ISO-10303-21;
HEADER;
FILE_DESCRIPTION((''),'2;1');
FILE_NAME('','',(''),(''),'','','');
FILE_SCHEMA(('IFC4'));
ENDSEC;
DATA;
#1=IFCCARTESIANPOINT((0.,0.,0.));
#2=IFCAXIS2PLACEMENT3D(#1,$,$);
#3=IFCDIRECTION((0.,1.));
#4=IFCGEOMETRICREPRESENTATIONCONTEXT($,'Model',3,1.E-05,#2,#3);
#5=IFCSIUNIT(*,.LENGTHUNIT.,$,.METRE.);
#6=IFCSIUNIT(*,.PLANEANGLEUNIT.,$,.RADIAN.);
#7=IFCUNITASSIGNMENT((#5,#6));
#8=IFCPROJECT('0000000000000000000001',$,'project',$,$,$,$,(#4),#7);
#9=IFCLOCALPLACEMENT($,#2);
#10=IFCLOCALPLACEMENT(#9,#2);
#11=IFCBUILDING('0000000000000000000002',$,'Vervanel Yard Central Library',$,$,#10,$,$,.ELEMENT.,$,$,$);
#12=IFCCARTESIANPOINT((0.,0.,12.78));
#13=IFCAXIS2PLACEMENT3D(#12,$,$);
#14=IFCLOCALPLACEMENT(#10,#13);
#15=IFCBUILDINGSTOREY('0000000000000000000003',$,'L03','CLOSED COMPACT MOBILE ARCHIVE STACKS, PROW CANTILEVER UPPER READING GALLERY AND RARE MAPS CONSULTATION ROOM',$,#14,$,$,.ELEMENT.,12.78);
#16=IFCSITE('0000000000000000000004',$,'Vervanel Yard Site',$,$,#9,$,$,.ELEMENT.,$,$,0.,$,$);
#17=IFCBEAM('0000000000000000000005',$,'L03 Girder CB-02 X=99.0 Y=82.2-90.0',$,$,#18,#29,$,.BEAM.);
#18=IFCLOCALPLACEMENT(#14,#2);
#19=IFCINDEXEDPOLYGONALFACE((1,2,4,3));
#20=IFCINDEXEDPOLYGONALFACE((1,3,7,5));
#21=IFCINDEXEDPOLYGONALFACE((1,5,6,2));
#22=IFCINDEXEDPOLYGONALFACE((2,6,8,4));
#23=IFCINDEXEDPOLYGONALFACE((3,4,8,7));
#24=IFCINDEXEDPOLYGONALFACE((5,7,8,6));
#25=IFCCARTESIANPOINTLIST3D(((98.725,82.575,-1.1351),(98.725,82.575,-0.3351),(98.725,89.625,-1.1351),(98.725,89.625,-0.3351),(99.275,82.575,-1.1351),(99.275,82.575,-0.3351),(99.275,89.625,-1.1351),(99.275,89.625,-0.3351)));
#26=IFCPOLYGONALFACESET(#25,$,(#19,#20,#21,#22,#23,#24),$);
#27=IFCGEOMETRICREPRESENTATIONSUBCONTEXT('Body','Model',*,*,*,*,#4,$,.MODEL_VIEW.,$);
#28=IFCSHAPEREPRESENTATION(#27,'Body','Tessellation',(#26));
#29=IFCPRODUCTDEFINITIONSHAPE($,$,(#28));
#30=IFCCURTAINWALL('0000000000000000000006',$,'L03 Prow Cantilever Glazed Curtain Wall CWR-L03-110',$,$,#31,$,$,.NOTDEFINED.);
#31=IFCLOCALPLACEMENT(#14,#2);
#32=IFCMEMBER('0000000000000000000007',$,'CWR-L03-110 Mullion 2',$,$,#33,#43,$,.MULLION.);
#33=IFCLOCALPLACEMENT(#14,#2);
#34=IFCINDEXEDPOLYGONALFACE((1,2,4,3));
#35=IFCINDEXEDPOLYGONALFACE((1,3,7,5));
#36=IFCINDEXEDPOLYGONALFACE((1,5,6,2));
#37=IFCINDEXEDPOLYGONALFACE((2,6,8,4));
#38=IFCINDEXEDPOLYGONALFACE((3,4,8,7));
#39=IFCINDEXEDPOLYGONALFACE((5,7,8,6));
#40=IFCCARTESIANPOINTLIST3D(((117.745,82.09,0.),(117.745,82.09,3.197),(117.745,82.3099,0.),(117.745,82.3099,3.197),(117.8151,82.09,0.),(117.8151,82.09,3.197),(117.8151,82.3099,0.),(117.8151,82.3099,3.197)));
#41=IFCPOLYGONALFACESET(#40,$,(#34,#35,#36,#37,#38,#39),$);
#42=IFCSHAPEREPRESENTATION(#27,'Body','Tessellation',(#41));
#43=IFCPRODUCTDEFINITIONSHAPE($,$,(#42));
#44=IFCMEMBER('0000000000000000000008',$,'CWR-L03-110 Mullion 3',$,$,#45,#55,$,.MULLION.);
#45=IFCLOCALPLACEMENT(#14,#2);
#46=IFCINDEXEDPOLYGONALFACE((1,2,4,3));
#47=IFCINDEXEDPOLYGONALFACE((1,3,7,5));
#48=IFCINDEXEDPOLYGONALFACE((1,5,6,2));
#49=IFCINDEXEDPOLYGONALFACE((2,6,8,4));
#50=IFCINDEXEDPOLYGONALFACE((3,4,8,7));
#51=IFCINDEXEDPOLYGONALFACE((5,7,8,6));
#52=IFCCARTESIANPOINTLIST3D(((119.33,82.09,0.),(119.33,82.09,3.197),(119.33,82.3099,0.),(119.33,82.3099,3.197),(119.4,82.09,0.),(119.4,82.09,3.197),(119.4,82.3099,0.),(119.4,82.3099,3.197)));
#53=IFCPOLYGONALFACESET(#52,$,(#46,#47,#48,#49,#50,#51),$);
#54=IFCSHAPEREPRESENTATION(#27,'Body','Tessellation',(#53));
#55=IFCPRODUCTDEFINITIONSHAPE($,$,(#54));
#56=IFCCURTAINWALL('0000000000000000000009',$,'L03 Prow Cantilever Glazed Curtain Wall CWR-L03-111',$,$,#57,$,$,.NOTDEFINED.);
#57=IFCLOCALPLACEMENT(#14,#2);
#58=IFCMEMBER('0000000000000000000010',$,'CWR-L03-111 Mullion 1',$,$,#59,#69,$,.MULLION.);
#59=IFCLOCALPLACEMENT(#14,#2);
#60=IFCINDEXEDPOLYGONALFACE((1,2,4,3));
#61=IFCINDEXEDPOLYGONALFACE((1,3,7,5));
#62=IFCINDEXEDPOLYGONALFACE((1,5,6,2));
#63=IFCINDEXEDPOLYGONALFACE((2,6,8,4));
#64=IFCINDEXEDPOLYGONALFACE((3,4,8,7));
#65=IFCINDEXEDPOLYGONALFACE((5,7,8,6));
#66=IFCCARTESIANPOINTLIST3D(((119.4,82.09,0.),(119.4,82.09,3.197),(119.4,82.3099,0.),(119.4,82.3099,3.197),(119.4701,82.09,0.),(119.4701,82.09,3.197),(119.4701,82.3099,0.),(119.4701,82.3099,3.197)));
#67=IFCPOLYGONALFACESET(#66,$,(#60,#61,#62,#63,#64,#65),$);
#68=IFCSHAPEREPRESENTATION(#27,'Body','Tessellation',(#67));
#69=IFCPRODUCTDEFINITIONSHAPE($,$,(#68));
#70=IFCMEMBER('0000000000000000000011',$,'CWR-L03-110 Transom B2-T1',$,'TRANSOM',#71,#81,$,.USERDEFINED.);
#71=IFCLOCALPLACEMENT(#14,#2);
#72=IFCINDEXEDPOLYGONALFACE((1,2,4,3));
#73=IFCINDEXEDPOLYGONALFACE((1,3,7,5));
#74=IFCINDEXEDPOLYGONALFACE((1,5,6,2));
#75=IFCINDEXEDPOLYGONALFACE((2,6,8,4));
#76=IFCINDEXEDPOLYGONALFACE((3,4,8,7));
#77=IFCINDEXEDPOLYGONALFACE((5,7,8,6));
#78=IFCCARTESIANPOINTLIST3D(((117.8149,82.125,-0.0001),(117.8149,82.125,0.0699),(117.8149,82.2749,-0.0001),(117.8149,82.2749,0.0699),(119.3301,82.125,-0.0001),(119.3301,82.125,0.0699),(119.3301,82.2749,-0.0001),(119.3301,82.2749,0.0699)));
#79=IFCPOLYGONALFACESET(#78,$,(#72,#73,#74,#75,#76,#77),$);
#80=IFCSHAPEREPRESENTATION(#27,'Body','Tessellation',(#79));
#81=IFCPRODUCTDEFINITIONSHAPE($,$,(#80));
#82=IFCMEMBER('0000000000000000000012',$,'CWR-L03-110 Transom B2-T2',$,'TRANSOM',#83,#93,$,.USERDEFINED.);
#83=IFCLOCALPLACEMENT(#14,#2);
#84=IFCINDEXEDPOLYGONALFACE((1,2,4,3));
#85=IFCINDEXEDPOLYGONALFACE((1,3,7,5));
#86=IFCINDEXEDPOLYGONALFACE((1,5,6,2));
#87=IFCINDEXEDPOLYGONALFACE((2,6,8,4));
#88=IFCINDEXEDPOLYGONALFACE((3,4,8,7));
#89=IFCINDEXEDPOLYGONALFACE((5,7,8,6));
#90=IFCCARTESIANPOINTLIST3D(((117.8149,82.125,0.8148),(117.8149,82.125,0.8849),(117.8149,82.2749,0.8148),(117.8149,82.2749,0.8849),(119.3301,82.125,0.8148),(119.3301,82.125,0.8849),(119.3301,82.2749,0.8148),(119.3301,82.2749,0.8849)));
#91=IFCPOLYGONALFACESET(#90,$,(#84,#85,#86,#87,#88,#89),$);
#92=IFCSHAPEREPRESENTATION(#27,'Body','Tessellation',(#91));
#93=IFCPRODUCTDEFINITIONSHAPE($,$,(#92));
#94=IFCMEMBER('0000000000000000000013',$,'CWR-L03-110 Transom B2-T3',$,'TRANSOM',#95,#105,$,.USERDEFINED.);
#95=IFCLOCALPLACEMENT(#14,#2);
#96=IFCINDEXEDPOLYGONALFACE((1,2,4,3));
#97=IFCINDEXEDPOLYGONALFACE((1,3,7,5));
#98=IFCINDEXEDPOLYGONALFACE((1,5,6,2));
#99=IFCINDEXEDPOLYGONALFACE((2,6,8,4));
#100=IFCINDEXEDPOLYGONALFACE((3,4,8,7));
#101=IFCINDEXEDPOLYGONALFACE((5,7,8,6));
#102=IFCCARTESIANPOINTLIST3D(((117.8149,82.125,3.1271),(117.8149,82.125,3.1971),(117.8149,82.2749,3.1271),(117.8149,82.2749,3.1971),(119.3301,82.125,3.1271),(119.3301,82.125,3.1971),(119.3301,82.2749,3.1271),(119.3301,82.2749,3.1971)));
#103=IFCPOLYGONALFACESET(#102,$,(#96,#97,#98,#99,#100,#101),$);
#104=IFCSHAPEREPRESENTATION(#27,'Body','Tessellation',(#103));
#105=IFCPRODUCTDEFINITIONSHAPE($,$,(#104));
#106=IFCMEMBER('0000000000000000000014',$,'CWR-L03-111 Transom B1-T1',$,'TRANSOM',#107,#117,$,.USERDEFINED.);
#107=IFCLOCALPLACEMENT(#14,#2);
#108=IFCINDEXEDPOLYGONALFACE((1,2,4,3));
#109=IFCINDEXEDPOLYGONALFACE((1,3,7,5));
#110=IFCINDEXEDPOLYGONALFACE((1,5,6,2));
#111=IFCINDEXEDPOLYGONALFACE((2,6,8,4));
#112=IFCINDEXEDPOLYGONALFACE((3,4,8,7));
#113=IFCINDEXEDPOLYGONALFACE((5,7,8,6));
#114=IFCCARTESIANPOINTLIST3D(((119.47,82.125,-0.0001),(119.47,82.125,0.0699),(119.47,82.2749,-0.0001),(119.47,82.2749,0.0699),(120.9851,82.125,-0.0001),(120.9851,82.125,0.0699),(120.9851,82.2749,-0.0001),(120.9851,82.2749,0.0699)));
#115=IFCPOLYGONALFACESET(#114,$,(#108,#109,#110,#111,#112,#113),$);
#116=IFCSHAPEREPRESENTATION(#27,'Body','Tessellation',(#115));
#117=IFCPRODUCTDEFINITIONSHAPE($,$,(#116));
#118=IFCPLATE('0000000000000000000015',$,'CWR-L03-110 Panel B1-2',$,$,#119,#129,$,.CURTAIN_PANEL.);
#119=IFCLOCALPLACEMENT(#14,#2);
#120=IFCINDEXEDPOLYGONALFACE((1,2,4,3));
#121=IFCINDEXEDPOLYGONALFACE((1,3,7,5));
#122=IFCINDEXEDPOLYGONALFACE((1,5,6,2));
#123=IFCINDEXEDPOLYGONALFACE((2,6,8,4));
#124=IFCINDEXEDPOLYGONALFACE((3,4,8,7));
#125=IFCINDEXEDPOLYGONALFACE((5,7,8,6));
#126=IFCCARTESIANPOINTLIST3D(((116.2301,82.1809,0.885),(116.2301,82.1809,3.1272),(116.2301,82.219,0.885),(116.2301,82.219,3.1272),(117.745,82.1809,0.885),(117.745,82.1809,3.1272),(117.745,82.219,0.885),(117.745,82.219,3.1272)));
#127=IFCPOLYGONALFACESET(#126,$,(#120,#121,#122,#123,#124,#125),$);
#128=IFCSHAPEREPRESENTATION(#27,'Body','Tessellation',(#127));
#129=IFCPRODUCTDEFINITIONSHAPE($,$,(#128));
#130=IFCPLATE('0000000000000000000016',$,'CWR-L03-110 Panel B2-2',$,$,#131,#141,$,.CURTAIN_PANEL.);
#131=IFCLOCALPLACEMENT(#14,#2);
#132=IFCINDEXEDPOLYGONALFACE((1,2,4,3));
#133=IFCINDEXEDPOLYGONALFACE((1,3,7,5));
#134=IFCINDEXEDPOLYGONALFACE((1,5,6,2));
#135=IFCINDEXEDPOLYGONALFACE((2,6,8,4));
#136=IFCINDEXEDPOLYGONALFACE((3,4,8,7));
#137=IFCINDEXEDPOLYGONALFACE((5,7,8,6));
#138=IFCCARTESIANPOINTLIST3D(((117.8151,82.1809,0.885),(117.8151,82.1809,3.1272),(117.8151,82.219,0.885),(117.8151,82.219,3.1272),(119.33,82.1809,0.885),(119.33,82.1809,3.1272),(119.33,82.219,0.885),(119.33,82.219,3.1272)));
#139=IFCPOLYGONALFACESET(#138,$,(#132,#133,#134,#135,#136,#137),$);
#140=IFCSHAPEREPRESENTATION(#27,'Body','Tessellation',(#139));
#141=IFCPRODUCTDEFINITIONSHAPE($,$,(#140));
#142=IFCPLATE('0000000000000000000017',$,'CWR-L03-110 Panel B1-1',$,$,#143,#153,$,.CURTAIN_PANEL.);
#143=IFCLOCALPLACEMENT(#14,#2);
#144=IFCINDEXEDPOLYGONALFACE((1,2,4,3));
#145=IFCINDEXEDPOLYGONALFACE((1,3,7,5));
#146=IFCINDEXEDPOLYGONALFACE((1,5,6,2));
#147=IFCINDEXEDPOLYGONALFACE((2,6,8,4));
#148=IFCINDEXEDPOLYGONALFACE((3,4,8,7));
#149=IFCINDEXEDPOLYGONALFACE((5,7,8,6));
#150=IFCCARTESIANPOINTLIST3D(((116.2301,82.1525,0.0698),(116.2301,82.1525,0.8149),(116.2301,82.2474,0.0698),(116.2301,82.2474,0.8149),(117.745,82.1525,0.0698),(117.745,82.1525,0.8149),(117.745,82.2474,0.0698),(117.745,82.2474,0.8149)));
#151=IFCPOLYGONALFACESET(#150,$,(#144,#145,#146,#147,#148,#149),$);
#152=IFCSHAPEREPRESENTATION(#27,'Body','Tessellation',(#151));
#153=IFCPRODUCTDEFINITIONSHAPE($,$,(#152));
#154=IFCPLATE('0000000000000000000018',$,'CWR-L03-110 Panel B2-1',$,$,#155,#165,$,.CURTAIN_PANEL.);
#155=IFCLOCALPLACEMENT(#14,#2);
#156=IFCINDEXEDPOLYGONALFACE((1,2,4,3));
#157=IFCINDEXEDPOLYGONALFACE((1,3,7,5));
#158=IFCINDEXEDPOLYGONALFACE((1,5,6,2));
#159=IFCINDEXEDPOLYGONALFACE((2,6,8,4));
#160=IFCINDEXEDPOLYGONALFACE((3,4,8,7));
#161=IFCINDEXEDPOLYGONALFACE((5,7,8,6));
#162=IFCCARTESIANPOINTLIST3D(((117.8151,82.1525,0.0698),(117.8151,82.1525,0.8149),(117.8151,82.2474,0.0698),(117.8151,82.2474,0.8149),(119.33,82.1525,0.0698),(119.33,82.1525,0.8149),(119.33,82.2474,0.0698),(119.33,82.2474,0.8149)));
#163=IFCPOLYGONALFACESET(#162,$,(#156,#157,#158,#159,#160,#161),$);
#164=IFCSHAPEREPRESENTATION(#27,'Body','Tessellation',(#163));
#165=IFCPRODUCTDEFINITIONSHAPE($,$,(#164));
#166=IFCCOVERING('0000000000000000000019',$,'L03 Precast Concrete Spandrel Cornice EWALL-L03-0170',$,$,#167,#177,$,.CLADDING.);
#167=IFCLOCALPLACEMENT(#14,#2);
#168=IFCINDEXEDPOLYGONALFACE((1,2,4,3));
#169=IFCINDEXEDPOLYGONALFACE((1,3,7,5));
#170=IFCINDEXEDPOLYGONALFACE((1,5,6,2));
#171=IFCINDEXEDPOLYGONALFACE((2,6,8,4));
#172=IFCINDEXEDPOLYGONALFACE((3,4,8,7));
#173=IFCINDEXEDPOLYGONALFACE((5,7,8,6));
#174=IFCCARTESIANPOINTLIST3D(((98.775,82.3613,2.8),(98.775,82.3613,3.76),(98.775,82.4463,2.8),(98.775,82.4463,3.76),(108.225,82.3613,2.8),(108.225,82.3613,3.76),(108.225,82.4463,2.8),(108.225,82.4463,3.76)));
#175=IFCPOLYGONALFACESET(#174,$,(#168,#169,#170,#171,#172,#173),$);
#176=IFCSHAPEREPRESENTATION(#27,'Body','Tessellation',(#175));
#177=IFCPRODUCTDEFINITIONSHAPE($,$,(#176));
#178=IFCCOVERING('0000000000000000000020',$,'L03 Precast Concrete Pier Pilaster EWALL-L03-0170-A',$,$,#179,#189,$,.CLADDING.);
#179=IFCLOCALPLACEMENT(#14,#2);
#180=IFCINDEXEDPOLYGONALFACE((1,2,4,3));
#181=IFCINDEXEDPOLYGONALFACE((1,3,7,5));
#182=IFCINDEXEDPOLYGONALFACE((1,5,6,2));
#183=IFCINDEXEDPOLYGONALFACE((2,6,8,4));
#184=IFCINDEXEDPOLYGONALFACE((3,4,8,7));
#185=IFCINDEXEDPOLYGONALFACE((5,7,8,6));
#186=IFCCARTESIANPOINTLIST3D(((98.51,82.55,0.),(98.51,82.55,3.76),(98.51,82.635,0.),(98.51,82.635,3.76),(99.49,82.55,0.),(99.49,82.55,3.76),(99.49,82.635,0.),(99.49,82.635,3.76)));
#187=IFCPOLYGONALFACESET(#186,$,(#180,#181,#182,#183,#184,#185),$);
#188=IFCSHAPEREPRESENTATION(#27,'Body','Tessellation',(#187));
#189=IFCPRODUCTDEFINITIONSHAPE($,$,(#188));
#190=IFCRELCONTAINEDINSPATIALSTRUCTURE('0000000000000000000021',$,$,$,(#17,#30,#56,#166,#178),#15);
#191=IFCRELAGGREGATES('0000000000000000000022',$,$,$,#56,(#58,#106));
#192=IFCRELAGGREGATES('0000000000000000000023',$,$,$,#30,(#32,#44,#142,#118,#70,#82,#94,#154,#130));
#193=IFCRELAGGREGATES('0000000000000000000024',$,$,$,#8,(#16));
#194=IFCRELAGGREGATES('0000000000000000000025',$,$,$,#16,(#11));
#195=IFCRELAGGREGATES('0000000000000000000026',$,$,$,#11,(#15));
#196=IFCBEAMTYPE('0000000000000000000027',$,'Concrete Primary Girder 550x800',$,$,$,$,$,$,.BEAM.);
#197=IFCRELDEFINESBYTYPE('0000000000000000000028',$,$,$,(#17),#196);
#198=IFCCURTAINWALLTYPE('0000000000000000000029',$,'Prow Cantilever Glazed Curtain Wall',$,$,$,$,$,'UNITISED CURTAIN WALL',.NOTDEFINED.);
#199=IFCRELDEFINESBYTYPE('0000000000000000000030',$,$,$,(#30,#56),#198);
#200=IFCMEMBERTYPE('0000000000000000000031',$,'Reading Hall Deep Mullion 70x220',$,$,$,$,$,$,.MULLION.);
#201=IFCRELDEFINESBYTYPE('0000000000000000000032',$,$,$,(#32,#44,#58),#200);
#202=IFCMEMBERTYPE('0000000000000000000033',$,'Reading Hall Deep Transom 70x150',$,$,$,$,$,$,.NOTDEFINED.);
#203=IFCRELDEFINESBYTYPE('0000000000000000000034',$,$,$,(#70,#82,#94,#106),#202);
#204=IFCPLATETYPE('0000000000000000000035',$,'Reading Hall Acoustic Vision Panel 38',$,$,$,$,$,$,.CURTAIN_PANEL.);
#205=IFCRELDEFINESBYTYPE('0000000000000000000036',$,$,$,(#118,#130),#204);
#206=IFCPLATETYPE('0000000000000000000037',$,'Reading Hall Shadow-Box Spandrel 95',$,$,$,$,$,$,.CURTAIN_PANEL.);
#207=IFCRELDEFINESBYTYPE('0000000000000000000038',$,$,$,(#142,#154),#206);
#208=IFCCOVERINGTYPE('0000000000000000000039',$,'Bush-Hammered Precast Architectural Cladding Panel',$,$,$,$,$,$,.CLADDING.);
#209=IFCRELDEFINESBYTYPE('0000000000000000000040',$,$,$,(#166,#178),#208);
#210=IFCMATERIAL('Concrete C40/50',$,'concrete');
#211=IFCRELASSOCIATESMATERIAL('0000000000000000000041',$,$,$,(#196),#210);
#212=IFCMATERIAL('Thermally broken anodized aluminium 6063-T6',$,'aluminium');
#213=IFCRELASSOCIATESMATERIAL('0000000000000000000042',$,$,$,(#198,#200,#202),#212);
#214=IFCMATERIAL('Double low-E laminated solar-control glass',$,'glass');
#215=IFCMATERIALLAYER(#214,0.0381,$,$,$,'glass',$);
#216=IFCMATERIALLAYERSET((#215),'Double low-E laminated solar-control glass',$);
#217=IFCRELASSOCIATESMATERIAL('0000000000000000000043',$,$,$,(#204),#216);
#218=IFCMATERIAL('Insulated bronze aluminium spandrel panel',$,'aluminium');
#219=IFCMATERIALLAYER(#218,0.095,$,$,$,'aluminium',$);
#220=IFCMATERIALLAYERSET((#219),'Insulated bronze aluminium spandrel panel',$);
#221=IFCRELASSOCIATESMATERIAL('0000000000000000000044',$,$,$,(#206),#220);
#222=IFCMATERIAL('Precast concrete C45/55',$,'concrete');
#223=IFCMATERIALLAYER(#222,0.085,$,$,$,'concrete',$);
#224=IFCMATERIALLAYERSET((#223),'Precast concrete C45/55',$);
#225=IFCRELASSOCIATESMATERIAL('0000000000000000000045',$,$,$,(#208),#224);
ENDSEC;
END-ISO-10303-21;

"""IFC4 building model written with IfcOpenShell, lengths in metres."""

from ifc_helpers import new_model, si_unit, direction, frame, origin, origin_2d, place, context, subcontext, project, spatial, rectangle, extrude, material, layer, layer_set, material_profile, profile_set, type_object, element, aggregate, save


model = new_model("IFC4")

# Units and contexts
model_context = context("Model", 3, precision=1e-05, world=origin(), true_north=direction((0.0, 1.0)))
body_context = subcontext(model_context, "Body", "Model", "MODEL_VIEW")
ifc_project = project(units=[si_unit("LENGTHUNIT", "METRE"), si_unit("PLANEANGLEUNIT", "RADIAN")], contexts=[model_context])

# Site, building, storey
site_placement = place(None, origin())
site = spatial("IfcSite", under=ifc_project, at=site_placement, Name="Vervanel Yard Site", CompositionType="ELEMENT", RefElevation=0.0)
building_placement = place(site_placement, origin())
building = spatial("IfcBuilding", under=site, at=building_placement, Name="Vervanel Yard Central Library", CompositionType="ELEMENT")
storey_placement = place(building_placement, frame((0.0, 0.0, 12.78)))
storey = spatial("IfcBuildingStorey", under=building, at=storey_placement, Name="L03", Description="CLOSED COMPACT MOBILE ARCHIVE STACKS, PROW CANTILEVER UPPER READING GALLERY AND RARE MAPS CONSULTATION ROOM", CompositionType="ELEMENT", Elevation=12.78)

# Beam
ifc_material_1 = material(Name="Concrete C40/50", Category="concrete")
ifc_material_profile_1 = material_profile(ifc_material_1, rectangle(XDim=0.55, YDim=0.8, at=origin_2d()), Name="RC 550x800", Category="concrete")
ifc_profile_set_1 = profile_set([ifc_material_profile_1], Name="Concrete C40/50")
beam_type = type_object("IfcBeamType", Name="Concrete Primary Girder 550x800", PredefinedType="BEAM", material=ifc_profile_set_1)
beam_placement = place(storey_placement, frame((99.0, 82.575, -0.7351), z_axis=(0.0, 1.0, 0.0), x_axis=(-1.0, 0.0, 0.0)))
element("IfcBeam", 1, at=beam_placement, inside=storey, type_object=beam_type, Name="L03 Girder CB-02 X=99.0 Y=82.2-90.0", PredefinedType="BEAM", context=body_context, shape_type="SweptSolid", body=[
    extrude(rectangle(XDim=0.55, YDim=0.8, at=origin_2d()), origin(), (0.0, 0.0, 1.0), 7.05),
])

# Curtain wall, members
ifc_material_2 = material(Name="Thermally broken anodized aluminium 6063-T6", Category="aluminium")
curtain_wall_type = type_object("IfcCurtainWallType", Name="Prow Cantilever Glazed Curtain Wall", ElementType="UNITISED CURTAIN WALL", PredefinedType="NOTDEFINED", material=ifc_material_2)
curtain_wall_1_placement = place(storey_placement, origin())
curtain_wall_1 = element("IfcCurtainWall", 2, at=curtain_wall_1_placement, inside=storey, type_object=curtain_wall_type, Name="L03 Prow Cantilever Glazed Curtain Wall CWR-L03-110", PredefinedType="NOTDEFINED")
ifc_material_profile_2 = material_profile(ifc_material_2, rectangle(XDim=0.0701, YDim=0.22, at=origin_2d()), Name="ALU 70x220", Category="aluminium")
ifc_profile_set_2 = profile_set([ifc_material_profile_2], Name="Thermally broken anodized aluminium 6063-T6")
member_type_1 = type_object("IfcMemberType", Name="Reading Hall Deep Mullion 70x220", PredefinedType="MULLION", material=ifc_profile_set_2)
member_1_placement = place(storey_placement, frame((117.78, 82.2, 0.0), z_axis=(0.0, 0.0, 1.0), x_axis=(1.0, 0.0, 0.0)))
member_1 = element("IfcMember", 3, at=member_1_placement, type_object=member_type_1, Name="CWR-L03-110 Mullion 2", PredefinedType="MULLION", context=body_context, shape_type="SweptSolid", body=[
    extrude(rectangle(XDim=0.0701, YDim=0.22, at=origin_2d()), origin(), (0.0, 0.0, 1.0), 3.197),
])
member_2_placement = place(storey_placement, frame((119.365, 82.2, 0.0), z_axis=(0.0, 0.0, 1.0), x_axis=(1.0, 0.0, 0.0)))
member_2 = element("IfcMember", 4, at=member_2_placement, type_object=member_type_1, Name="CWR-L03-110 Mullion 3", PredefinedType="MULLION", context=body_context, shape_type="SweptSolid", body=[
    extrude(rectangle(XDim=0.0701, YDim=0.22, at=origin_2d()), origin(), (0.0, 0.0, 1.0), 3.197),
])

# Curtain wall, member
curtain_wall_2_placement = place(storey_placement, origin())
curtain_wall_2 = element("IfcCurtainWall", 5, at=curtain_wall_2_placement, inside=storey, type_object=curtain_wall_type, Name="L03 Prow Cantilever Glazed Curtain Wall CWR-L03-111", PredefinedType="NOTDEFINED")
member_3_placement = place(storey_placement, frame((119.4351, 82.2, 0.0), z_axis=(0.0, 0.0, 1.0), x_axis=(1.0, 0.0, 0.0)))
member_3 = element("IfcMember", 6, at=member_3_placement, type_object=member_type_1, Name="CWR-L03-111 Mullion 1", PredefinedType="MULLION", context=body_context, shape_type="SweptSolid", body=[
    extrude(rectangle(XDim=0.0701, YDim=0.22, at=origin_2d()), origin(), (0.0, 0.0, 1.0), 3.197),
])

# Members
ifc_material_profile_3 = material_profile(ifc_material_2, rectangle(XDim=0.0701, YDim=0.1499, at=origin_2d()), Name="ALU 70x150", Category="aluminium")
ifc_profile_set_3 = profile_set([ifc_material_profile_3], Name="Thermally broken anodized aluminium 6063-T6")
member_type_2 = type_object("IfcMemberType", Name="Reading Hall Deep Transom 70x150", PredefinedType="NOTDEFINED", material=ifc_profile_set_3)
member_4_placement = place(storey_placement, frame((117.8149, 82.2, 0.0349), z_axis=(1.0, 0.0, 0.0), x_axis=(0.0, 0.0, 1.0)))
member_4 = element("IfcMember", 7, at=member_4_placement, type_object=member_type_2, Name="CWR-L03-110 Transom B2-T1", ObjectType="TRANSOM", PredefinedType="USERDEFINED", context=body_context, shape_type="SweptSolid", body=[
    extrude(rectangle(XDim=0.0701, YDim=0.1499, at=origin_2d()), origin(), (0.0, 0.0, 1.0), 1.5151),
])
member_5_placement = place(storey_placement, frame((117.8149, 82.2, 0.8499), z_axis=(1.0, 0.0, 0.0), x_axis=(0.0, 0.0, 1.0)))
member_5 = element("IfcMember", 8, at=member_5_placement, type_object=member_type_2, Name="CWR-L03-110 Transom B2-T2", ObjectType="TRANSOM", PredefinedType="USERDEFINED", context=body_context, shape_type="SweptSolid", body=[
    extrude(rectangle(XDim=0.0701, YDim=0.1499, at=origin_2d()), origin(), (0.0, 0.0, 1.0), 1.5151),
])
member_6_placement = place(storey_placement, frame((117.8149, 82.2, 3.1621), z_axis=(1.0, 0.0, 0.0), x_axis=(0.0, 0.0, 1.0)))
member_6 = element("IfcMember", 9, at=member_6_placement, type_object=member_type_2, Name="CWR-L03-110 Transom B2-T3", ObjectType="TRANSOM", PredefinedType="USERDEFINED", context=body_context, shape_type="SweptSolid", body=[
    extrude(rectangle(XDim=0.0701, YDim=0.1499, at=origin_2d()), origin(), (0.0, 0.0, 1.0), 1.5151),
])
member_7_placement = place(storey_placement, frame((119.47, 82.2, 0.0349), z_axis=(1.0, 0.0, 0.0), x_axis=(0.0, 0.0, 1.0)))
member_7 = element("IfcMember", 10, at=member_7_placement, type_object=member_type_2, Name="CWR-L03-111 Transom B1-T1", ObjectType="TRANSOM", PredefinedType="USERDEFINED", context=body_context, shape_type="SweptSolid", body=[
    extrude(rectangle(XDim=0.0701, YDim=0.1499, at=origin_2d()), origin(), (0.0, 0.0, 1.0), 1.5151),
])
aggregate(curtain_wall_2, [member_3, member_7])

# Plates
ifc_material_3 = material(Name="Double low-E laminated solar-control glass", Category="glass")
ifc_layer_1 = layer(ifc_material_3, 0.0381, Category="glass")
ifc_layer_set_1 = layer_set([ifc_layer_1], Name="Double low-E laminated solar-control glass")
plate_type_1 = type_object("IfcPlateType", Name="Reading Hall Acoustic Vision Panel 38", PredefinedType="CURTAIN_PANEL", material=ifc_layer_set_1)
plate_1_placement = place(storey_placement, frame((116.9875, 82.2, 0.885), z_axis=(0.0, 0.0, 1.0), x_axis=(1.0, 0.0, 0.0)))
plate_1 = element("IfcPlate", 11, at=plate_1_placement, type_object=plate_type_1, Name="CWR-L03-110 Panel B1-2", PredefinedType="CURTAIN_PANEL", context=body_context, shape_type="SweptSolid", body=[
    extrude(rectangle(XDim=1.5149, YDim=0.0381, at=origin_2d()), origin(), (0.0, 0.0, 1.0), 2.2422),
])
plate_2_placement = place(storey_placement, frame((118.5725, 82.2, 0.885), z_axis=(0.0, 0.0, 1.0), x_axis=(1.0, 0.0, 0.0)))
plate_2 = element("IfcPlate", 12, at=plate_2_placement, type_object=plate_type_1, Name="CWR-L03-110 Panel B2-2", PredefinedType="CURTAIN_PANEL", context=body_context, shape_type="SweptSolid", body=[
    extrude(rectangle(XDim=1.5149, YDim=0.0381, at=origin_2d()), origin(), (0.0, 0.0, 1.0), 2.2422),
])
ifc_material_4 = material(Name="Insulated bronze aluminium spandrel panel", Category="aluminium")
ifc_layer_2 = layer(ifc_material_4, 0.095, Category="aluminium")
ifc_layer_set_2 = layer_set([ifc_layer_2], Name="Insulated bronze aluminium spandrel panel")
plate_type_2 = type_object("IfcPlateType", Name="Reading Hall Shadow-Box Spandrel 95", PredefinedType="CURTAIN_PANEL", material=ifc_layer_set_2)
plate_3_placement = place(storey_placement, frame((116.9875, 82.2, 0.0698), z_axis=(0.0, 0.0, 1.0), x_axis=(1.0, 0.0, 0.0)))
plate_3 = element("IfcPlate", 13, at=plate_3_placement, type_object=plate_type_2, Name="CWR-L03-110 Panel B1-1", PredefinedType="CURTAIN_PANEL", context=body_context, shape_type="SweptSolid", body=[
    extrude(rectangle(XDim=1.5149, YDim=0.095, at=origin_2d()), origin(), (0.0, 0.0, 1.0), 0.7451),
])
plate_4_placement = place(storey_placement, frame((118.5725, 82.2, 0.0698), z_axis=(0.0, 0.0, 1.0), x_axis=(1.0, 0.0, 0.0)))
plate_4 = element("IfcPlate", 14, at=plate_4_placement, type_object=plate_type_2, Name="CWR-L03-110 Panel B2-1", PredefinedType="CURTAIN_PANEL", context=body_context, shape_type="SweptSolid", body=[
    extrude(rectangle(XDim=1.5149, YDim=0.095, at=origin_2d()), origin(), (0.0, 0.0, 1.0), 0.7451),
])
aggregate(curtain_wall_1, [member_1, member_2, plate_3, plate_1, member_4, member_5, member_6, plate_4, plate_2])

# Coverings
ifc_material_5 = material(Name="Precast concrete C45/55", Category="concrete")
ifc_layer_3 = layer(ifc_material_5, 0.085, Category="concrete")
ifc_layer_set_3 = layer_set([ifc_layer_3], Name="Precast concrete C45/55")
covering_type = type_object("IfcCoveringType", Name="Bush-Hammered Precast Architectural Cladding Panel", PredefinedType="CLADDING", material=ifc_layer_set_3)
covering_placement = place(storey_placement, frame((103.5, 82.4038, 2.8), z_axis=(0.0, 0.0, 1.0), x_axis=(1.0, 0.0, 0.0)))
element("IfcCovering", 15, at=covering_placement, inside=storey, type_object=covering_type, Name="L03 Precast Concrete Spandrel Cornice EWALL-L03-0170", PredefinedType="CLADDING", context=body_context, shape_type="SweptSolid", body=[
    extrude(rectangle(XDim=9.45, YDim=0.085, at=origin_2d()), origin(), (0.0, 0.0, 1.0), 0.96),
])
for number, where, z_axis, x_axis, name in (
    (16, (99.0, 82.5925, 0.0), (0.0, 0.0, 1.0), (1.0, 0.0, 0.0), "L03 Precast Concrete Pier Pilaster EWALL-L03-0170-A"),
):
    element("IfcCovering", number, at=place(storey_placement, frame(where, z_axis=z_axis, x_axis=x_axis)), inside=storey, type_object=covering_type, Name=name, PredefinedType="CLADDING", context=body_context, shape_type="SweptSolid", body=[
        extrude(rectangle(XDim=0.98, YDim=0.085, at=origin_2d()), origin(), (0.0, 0.0, 1.0), 3.76),
    ])

save(model, "model.ifc")
